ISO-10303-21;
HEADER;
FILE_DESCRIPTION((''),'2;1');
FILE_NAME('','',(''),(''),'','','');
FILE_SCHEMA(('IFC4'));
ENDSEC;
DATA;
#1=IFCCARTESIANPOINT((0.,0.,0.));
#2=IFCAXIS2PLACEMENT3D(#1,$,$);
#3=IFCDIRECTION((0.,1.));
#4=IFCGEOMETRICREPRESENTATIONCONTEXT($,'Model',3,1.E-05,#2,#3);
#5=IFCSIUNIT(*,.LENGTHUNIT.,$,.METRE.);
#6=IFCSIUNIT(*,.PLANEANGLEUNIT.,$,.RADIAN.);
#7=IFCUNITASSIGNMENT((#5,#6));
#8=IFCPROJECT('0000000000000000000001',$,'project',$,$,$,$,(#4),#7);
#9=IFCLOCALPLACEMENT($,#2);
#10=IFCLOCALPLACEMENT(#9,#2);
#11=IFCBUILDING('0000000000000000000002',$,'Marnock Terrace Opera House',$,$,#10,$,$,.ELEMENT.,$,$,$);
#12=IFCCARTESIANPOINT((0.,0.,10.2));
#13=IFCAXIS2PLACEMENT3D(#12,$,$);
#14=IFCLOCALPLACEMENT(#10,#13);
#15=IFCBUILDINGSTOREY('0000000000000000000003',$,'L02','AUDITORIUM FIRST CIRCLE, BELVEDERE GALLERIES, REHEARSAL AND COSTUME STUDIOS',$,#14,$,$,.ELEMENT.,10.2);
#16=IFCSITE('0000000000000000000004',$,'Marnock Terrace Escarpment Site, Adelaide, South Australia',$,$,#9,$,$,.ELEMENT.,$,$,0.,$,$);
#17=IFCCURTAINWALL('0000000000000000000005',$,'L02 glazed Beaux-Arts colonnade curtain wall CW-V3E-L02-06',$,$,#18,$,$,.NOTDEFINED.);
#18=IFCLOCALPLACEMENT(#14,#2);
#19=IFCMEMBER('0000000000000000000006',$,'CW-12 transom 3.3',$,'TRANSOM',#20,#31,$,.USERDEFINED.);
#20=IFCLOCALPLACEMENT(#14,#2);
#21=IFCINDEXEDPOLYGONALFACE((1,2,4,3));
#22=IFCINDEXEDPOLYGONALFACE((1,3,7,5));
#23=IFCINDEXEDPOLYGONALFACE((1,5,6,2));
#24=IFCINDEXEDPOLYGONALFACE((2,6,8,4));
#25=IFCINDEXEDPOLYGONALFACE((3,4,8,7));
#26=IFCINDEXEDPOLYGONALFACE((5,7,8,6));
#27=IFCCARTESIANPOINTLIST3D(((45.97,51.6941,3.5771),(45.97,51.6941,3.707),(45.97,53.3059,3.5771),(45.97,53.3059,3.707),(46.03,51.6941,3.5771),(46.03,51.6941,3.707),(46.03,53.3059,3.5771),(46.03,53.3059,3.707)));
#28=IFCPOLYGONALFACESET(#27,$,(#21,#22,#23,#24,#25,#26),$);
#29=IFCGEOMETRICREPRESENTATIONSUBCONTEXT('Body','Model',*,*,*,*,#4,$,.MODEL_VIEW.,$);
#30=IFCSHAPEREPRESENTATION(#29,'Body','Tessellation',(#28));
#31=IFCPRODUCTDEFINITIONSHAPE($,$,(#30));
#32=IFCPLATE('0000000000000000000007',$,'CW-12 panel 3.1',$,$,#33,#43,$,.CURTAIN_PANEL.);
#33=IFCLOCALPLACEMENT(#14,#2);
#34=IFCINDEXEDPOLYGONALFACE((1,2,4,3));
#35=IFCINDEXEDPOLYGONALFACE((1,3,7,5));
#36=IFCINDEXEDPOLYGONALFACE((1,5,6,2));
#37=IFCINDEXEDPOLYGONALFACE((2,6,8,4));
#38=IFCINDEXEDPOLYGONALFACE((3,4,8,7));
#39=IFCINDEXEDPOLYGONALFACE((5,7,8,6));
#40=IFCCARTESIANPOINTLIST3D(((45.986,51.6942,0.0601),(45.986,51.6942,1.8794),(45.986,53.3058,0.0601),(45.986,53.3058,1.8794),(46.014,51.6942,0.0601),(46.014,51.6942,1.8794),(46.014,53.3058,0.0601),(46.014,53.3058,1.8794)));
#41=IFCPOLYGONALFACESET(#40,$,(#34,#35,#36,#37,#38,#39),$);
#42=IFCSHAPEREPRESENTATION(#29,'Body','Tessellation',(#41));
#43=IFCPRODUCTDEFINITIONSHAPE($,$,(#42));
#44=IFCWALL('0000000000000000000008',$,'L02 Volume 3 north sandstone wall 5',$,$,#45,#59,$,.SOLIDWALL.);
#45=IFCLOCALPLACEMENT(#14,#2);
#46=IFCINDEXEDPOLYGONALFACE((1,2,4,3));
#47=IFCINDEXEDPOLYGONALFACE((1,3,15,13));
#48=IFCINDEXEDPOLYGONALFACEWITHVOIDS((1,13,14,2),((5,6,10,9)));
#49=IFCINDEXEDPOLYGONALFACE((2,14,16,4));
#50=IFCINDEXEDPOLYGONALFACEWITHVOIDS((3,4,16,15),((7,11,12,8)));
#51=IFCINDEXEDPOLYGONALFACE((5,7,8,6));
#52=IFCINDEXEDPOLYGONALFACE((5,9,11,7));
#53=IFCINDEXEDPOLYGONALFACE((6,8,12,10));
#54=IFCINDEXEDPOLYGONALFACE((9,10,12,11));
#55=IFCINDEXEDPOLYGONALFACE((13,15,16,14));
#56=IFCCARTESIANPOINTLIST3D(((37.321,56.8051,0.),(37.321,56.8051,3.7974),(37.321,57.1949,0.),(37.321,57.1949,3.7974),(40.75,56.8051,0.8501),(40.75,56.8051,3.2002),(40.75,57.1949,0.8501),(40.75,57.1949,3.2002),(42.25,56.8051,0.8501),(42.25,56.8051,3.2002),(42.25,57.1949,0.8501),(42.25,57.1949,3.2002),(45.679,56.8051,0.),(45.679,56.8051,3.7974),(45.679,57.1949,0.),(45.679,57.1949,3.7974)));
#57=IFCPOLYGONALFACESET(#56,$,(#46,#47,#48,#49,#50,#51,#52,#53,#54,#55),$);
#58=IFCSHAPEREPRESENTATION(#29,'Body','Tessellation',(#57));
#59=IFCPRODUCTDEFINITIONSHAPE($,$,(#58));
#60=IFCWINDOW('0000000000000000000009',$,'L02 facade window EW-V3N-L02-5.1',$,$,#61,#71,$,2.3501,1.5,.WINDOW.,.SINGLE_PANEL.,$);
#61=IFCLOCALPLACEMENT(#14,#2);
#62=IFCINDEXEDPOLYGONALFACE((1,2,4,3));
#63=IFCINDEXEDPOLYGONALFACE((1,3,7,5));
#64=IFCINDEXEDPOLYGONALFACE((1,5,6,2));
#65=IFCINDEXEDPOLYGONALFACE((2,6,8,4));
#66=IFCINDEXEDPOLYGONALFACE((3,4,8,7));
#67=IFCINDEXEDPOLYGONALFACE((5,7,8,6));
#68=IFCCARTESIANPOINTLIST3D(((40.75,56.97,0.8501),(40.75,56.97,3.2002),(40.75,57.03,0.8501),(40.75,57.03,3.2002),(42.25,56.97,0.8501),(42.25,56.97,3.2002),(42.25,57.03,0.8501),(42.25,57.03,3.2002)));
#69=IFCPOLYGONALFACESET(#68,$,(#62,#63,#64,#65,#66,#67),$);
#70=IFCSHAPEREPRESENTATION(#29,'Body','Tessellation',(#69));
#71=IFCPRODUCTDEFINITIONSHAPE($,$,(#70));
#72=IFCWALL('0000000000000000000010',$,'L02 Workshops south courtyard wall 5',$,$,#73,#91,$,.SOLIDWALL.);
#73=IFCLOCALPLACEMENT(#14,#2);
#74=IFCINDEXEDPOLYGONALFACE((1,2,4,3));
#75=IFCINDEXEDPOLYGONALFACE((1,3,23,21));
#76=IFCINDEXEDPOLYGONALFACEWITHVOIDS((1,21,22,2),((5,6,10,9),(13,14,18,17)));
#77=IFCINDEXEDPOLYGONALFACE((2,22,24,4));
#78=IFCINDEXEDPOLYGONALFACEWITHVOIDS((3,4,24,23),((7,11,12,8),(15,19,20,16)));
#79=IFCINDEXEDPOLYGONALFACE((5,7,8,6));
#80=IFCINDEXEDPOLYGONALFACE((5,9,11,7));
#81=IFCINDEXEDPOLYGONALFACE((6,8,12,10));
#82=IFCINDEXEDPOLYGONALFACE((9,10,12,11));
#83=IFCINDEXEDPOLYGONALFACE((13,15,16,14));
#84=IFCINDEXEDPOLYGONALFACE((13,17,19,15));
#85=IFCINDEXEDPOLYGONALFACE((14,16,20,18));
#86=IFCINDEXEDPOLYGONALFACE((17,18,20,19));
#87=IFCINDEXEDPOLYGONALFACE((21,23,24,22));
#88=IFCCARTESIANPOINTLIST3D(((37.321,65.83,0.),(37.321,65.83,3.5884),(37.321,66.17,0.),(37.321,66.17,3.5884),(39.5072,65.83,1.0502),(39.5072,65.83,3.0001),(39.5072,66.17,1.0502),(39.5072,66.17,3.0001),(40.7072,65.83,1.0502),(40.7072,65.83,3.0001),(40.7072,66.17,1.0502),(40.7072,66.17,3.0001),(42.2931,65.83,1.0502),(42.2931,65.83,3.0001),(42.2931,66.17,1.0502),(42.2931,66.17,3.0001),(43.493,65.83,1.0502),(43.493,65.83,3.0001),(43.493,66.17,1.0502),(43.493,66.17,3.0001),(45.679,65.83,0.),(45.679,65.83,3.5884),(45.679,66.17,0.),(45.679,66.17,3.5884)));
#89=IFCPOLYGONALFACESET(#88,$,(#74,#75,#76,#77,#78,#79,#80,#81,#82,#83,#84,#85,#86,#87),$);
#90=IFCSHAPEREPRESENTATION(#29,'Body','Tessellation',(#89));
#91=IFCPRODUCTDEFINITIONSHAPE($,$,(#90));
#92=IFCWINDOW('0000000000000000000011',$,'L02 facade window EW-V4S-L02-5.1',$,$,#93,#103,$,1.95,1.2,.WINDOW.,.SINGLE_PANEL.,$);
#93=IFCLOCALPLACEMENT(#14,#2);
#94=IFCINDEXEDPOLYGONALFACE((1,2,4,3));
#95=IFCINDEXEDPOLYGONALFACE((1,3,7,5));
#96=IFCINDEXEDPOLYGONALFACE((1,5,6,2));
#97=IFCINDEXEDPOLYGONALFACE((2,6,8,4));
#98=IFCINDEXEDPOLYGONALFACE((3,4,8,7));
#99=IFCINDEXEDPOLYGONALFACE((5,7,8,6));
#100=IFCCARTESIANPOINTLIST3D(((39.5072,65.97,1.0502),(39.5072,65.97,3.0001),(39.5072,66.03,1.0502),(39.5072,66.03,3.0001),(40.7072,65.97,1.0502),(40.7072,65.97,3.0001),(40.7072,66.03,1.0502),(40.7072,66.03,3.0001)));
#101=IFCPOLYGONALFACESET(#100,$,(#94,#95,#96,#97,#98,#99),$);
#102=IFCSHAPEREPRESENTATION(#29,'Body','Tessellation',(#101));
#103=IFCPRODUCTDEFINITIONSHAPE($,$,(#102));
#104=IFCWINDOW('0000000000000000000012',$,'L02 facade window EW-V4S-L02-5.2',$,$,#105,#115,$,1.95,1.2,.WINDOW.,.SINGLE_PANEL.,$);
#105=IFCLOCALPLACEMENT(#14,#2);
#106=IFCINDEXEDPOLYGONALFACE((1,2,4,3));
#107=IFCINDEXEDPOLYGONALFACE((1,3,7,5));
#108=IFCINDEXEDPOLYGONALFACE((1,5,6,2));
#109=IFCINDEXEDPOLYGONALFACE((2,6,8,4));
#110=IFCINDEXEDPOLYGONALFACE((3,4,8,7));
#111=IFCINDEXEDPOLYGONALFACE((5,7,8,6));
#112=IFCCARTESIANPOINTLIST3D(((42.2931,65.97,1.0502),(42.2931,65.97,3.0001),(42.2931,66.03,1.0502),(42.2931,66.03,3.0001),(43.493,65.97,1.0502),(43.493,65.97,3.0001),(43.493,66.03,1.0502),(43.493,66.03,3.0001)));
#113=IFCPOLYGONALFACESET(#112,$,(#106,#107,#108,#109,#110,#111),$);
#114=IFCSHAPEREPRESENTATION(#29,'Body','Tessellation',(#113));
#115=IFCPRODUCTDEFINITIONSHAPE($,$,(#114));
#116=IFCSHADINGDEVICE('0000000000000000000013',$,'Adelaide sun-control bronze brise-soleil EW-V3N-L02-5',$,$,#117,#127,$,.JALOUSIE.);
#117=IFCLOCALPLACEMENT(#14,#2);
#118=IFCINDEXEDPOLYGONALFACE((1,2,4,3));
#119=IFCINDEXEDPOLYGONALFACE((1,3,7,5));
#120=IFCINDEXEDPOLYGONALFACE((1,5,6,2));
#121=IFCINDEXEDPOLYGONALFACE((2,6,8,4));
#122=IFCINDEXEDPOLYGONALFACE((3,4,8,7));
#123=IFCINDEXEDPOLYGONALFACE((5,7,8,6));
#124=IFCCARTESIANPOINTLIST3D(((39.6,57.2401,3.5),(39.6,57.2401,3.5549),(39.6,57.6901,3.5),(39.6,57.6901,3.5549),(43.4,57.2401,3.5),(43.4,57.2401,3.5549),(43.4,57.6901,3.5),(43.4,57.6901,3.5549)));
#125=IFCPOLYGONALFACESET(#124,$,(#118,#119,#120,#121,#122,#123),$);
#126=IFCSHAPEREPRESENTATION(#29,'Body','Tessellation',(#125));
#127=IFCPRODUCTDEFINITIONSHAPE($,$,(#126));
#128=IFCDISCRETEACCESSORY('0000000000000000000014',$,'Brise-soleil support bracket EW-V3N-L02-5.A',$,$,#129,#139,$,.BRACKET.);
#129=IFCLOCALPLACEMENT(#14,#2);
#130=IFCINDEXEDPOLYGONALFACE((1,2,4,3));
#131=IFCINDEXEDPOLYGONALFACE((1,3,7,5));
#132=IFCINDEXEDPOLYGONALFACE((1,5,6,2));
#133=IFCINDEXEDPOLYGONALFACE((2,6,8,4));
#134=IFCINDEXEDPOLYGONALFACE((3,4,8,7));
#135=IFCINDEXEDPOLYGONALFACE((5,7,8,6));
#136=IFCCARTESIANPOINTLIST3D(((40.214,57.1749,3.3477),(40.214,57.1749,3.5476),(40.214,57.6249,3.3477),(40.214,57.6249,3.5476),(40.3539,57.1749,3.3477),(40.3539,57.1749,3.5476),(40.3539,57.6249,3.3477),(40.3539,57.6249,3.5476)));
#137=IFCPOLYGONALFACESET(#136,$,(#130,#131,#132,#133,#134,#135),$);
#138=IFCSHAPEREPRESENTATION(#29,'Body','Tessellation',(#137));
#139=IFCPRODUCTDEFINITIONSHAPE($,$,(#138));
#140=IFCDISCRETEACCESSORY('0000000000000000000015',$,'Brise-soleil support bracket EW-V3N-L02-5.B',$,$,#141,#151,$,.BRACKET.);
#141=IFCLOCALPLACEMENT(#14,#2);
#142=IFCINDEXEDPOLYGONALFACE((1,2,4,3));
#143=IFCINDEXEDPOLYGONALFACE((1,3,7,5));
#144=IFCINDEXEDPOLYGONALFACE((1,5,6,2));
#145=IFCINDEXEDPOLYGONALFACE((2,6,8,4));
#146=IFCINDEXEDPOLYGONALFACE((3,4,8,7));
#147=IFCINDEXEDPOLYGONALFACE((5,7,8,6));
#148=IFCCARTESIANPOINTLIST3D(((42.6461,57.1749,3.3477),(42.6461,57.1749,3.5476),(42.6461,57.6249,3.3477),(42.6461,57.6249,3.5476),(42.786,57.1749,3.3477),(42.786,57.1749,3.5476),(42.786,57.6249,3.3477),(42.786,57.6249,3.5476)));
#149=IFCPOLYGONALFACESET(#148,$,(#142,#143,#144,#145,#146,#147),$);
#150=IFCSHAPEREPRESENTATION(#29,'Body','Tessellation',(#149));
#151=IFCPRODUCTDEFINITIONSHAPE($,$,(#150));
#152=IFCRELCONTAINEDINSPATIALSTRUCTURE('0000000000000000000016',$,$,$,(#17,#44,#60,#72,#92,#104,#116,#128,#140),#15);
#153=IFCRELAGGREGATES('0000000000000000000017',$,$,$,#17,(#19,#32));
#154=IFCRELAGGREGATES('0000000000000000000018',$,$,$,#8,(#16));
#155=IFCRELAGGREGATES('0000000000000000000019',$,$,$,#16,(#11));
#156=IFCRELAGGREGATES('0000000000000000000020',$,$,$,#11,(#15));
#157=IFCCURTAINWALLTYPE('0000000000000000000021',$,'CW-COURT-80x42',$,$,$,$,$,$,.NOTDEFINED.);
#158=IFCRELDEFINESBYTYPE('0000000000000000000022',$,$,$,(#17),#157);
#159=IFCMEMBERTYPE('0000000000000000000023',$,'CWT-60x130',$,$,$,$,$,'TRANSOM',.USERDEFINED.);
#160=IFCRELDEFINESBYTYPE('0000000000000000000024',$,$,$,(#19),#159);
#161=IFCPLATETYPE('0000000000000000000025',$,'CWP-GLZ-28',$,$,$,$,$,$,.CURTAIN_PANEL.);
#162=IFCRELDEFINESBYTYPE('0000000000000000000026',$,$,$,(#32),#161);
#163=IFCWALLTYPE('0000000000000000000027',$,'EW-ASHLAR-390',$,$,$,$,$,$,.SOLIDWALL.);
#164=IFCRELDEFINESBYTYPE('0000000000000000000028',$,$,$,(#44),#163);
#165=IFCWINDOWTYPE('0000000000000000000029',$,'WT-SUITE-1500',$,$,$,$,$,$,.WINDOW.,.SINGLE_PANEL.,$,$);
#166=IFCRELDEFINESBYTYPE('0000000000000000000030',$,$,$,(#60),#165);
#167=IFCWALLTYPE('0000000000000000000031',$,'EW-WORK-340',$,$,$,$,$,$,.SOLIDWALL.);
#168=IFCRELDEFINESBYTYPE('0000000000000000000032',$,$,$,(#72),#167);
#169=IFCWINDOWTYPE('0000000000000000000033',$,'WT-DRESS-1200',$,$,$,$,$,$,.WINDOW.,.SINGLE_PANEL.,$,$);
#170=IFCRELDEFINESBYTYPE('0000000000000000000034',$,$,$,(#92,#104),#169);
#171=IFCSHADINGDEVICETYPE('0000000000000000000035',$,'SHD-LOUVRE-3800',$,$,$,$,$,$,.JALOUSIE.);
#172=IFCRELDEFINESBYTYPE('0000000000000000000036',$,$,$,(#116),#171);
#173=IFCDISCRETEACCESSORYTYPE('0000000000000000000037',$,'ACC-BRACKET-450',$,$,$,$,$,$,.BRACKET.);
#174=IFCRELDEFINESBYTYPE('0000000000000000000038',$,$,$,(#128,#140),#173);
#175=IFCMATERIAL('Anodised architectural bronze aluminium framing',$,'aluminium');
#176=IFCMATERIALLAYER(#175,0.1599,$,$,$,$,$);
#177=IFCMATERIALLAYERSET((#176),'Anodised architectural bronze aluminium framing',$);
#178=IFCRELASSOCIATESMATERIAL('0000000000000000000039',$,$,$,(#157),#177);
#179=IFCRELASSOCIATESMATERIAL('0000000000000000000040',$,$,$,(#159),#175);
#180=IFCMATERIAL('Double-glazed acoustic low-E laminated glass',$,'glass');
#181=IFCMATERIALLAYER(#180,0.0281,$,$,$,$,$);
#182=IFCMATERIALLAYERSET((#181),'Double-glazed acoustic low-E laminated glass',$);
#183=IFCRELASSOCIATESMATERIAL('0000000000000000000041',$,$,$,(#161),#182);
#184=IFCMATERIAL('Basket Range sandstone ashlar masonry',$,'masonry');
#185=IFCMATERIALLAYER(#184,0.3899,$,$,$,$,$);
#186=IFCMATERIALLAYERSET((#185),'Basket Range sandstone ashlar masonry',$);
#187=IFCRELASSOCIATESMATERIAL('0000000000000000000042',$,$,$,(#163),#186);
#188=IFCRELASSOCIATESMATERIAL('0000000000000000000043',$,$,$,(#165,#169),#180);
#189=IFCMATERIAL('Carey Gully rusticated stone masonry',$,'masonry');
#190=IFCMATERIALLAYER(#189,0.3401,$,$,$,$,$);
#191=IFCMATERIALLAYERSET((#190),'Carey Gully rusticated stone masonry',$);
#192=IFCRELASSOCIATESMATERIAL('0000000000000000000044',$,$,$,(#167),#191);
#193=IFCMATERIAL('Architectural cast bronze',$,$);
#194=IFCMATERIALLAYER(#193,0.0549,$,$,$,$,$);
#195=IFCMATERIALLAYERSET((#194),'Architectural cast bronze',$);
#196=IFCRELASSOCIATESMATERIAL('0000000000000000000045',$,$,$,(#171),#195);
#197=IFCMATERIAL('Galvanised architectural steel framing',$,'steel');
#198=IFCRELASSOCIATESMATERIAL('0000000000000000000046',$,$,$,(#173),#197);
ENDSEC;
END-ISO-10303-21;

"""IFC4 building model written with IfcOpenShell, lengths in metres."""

from ifc_helpers import new_model, si_unit, direction, frame, frame_2d, origin, origin_2d, place, context, subcontext, project, spatial, rectangle, extrude, material, layer, layer_set, material_profile, profile_set, type_object, element, fill, aggregate, save


model = new_model("IFC4")

# Units and contexts
model_context = context("Model", 3, precision=1e-05, world=origin(), true_north=direction((0.0, 1.0)))
body_context = subcontext(model_context, "Body", "Model", "MODEL_VIEW")
ifc_project = project(units=[si_unit("LENGTHUNIT", "METRE"), si_unit("PLANEANGLEUNIT", "RADIAN")], contexts=[model_context])

# Site, building, storey
site_placement = place(None, origin())
site = spatial("IfcSite", under=ifc_project, at=site_placement, Name="Marnock Terrace Escarpment Site, Adelaide, South Australia", CompositionType="ELEMENT", RefElevation=0.0)
building_placement = place(site_placement, origin())
building = spatial("IfcBuilding", under=site, at=building_placement, Name="Marnock Terrace Opera House", CompositionType="ELEMENT")
storey_placement = place(building_placement, frame((0.0, 0.0, 10.2)))
storey = spatial("IfcBuildingStorey", under=building, at=storey_placement, Name="L02", Description="AUDITORIUM FIRST CIRCLE, BELVEDERE GALLERIES, REHEARSAL AND COSTUME STUDIOS", CompositionType="ELEMENT", Elevation=10.2)

# Curtain wall, member, plate
ifc_material_1 = material(Name="Anodised architectural bronze aluminium framing", Category="aluminium")
ifc_layer_1 = layer(ifc_material_1, 0.1599)
ifc_layer_set_1 = layer_set([ifc_layer_1], Name="Anodised architectural bronze aluminium framing")
curtain_wall_type = type_object("IfcCurtainWallType", Name="CW-COURT-80x42", PredefinedType="NOTDEFINED", material=ifc_layer_set_1)
curtain_wall_placement = place(storey_placement, origin())
curtain_wall = element("IfcCurtainWall", 1, at=curtain_wall_placement, inside=storey, type_object=curtain_wall_type, Name="L02 glazed Beaux-Arts colonnade curtain wall CW-V3E-L02-06", PredefinedType="NOTDEFINED")
ifc_material_profile_1 = material_profile(ifc_material_1, rectangle(XDim=0.0601, YDim=0.1299, at=origin_2d()))
ifc_profile_set_1 = profile_set([ifc_material_profile_1], Name="Anodised architectural bronze aluminium framing")
member_type_1 = type_object("IfcMemberType", Name="CWT-60x130", ElementType="TRANSOM", PredefinedType="USERDEFINED", material=ifc_profile_set_1)
member_1_placement = place(storey_placement, frame((46.0, 51.6941, 3.6421), z_axis=(0.0, 1.0, 0.0), x_axis=(-1.0, 0.0, 0.0)))
member_1 = element("IfcMember", 2, at=member_1_placement, type_object=member_type_1, Name="CW-12 transom 3.3", ObjectType="TRANSOM", PredefinedType="USERDEFINED", context=body_context, shape_type="SweptSolid", body=[
    extrude(rectangle(XDim=0.0601, YDim=0.1299, at=origin_2d()), origin(), (0.0, 0.0, 1.0), 1.6118),
])
ifc_material_2 = material(Name="Double-glazed acoustic low-E laminated glass", Category="glass")
ifc_layer_2 = layer(ifc_material_2, 0.0281)
ifc_layer_set_2 = layer_set([ifc_layer_2], Name="Double-glazed acoustic low-E laminated glass")
plate_type = type_object("IfcPlateType", Name="CWP-GLZ-28", PredefinedType="CURTAIN_PANEL", material=ifc_layer_set_2)
plate_placement = place(storey_placement, frame((46.0, 52.5, 0.0601), z_axis=(0.0, 0.0, 1.0), x_axis=(0.0, 1.0, 0.0)))
plate = element("IfcPlate", 3, at=plate_placement, type_object=plate_type, Name="CW-12 panel 3.1", PredefinedType="CURTAIN_PANEL", context=body_context, shape_type="SweptSolid", body=[
    extrude(rectangle(XDim=1.6116, YDim=0.0281, at=origin_2d()), origin(), (0.0, 0.0, 1.0), 1.8193),
])
aggregate(curtain_wall, [member_1, plate])

# Wall, opening, window
ifc_material_3 = material(Name="Basket Range sandstone ashlar masonry", Category="masonry")
ifc_layer_3 = layer(ifc_material_3, 0.3899)
ifc_layer_set_3 = layer_set([ifc_layer_3], Name="Basket Range sandstone ashlar masonry")
wall_type_1 = type_object("IfcWallType", Name="EW-ASHLAR-390", PredefinedType="SOLIDWALL", material=ifc_layer_set_3)
wall_1_placement = place(storey_placement, frame((37.321, 57.0, 0.0), z_axis=(0.0, 0.0, 1.0), x_axis=(1.0, 0.0, 0.0)))
wall_1 = element("IfcWall", 4, at=wall_1_placement, inside=storey, type_object=wall_type_1, Name="L02 Volume 3 north sandstone wall 5", PredefinedType="SOLIDWALL", context=body_context, shape_type="SweptSolid", body=[
    extrude(rectangle(XDim=8.3579, YDim=0.3899, at=frame_2d((4.179, 0.0))), origin(), (0.0, 0.0, 1.0), 3.7974),
])
opening_1_placement = place(wall_1_placement, frame((3.429, 0.0, 0.8501)))
opening_1 = element("IfcOpeningElement", 5, at=opening_1_placement, cuts=wall_1, PredefinedType="OPENING", context=body_context, shape_type="SweptSolid", body=[
    extrude(rectangle(XDim=1.5, YDim=2.3501, at=frame_2d((0.75, 1.175))), frame((0.0, 0.2048, 0.0), z_axis=(0.0, -1.0, 0.0), x_axis=(1.0, 0.0, 0.0)), (0.0, 0.0, 1.0), 0.4099),
])
window_type_1 = type_object("IfcWindowType", Name="WT-SUITE-1500", PartitioningType="SINGLE_PANEL", PredefinedType="WINDOW", material=ifc_material_2)
window_1_placement = place(opening_1_placement, origin())
window_1 = element("IfcWindow", 6, at=window_1_placement, inside=storey, type_object=window_type_1, Name="L02 facade window EW-V3N-L02-5.1", OverallHeight=2.3501, OverallWidth=1.5, PartitioningType="SINGLE_PANEL", PredefinedType="WINDOW", context=body_context, shape_type="SweptSolid", body=[
    extrude(rectangle(XDim=1.5, YDim=2.3501, at=frame_2d((0.75, 1.175))), frame((0.0, 0.03, 0.0), z_axis=(0.0, -1.0, 0.0), x_axis=(1.0, 0.0, 0.0)), (0.0, 0.0, 1.0), 0.0601),
])
fill(opening_1, window_1)

# Wall, openings, windows
ifc_material_4 = material(Name="Carey Gully rusticated stone masonry", Category="masonry")
ifc_layer_4 = layer(ifc_material_4, 0.3401)
ifc_layer_set_4 = layer_set([ifc_layer_4], Name="Carey Gully rusticated stone masonry")
wall_type_2 = type_object("IfcWallType", Name="EW-WORK-340", PredefinedType="SOLIDWALL", material=ifc_layer_set_4)
wall_2_placement = place(storey_placement, frame((37.321, 66.0, 0.0), z_axis=(0.0, 0.0, 1.0), x_axis=(1.0, 0.0, 0.0)))
wall_2 = element("IfcWall", 7, at=wall_2_placement, inside=storey, type_object=wall_type_2, Name="L02 Workshops south courtyard wall 5", PredefinedType="SOLIDWALL", context=body_context, shape_type="SweptSolid", body=[
    extrude(rectangle(XDim=8.3579, YDim=0.3401, at=frame_2d((4.179, 0.0))), origin(), (0.0, 0.0, 1.0), 3.5884),
])
opening_2_placement = place(wall_2_placement, frame((2.186, 0.0, 1.05)))
opening_2 = element("IfcOpeningElement", 8, at=opening_2_placement, cuts=wall_2, PredefinedType="OPENING", context=body_context, shape_type="SweptSolid", body=[
    extrude(rectangle(XDim=1.2, YDim=1.95, at=frame_2d((0.6001, 0.9751))), frame((0.0, 0.1799, 0.0), z_axis=(0.0, -1.0, 0.0), x_axis=(1.0, 0.0, 0.0)), (0.0, 0.0, 1.0), 0.3601),
])
opening_3_placement = place(wall_2_placement, frame((4.9719, 0.0, 1.05)))
opening_3 = element("IfcOpeningElement", 9, at=opening_3_placement, cuts=wall_2, PredefinedType="OPENING", context=body_context, shape_type="SweptSolid", body=[
    extrude(rectangle(XDim=1.2, YDim=1.95, at=frame_2d((0.6001, 0.9751))), frame((0.0, 0.1799, 0.0), z_axis=(0.0, -1.0, 0.0), x_axis=(1.0, 0.0, 0.0)), (0.0, 0.0, 1.0), 0.3601),
])
window_type_2 = type_object("IfcWindowType", Name="WT-DRESS-1200", PartitioningType="SINGLE_PANEL", PredefinedType="WINDOW", material=ifc_material_2)
window_2_placement = place(opening_2_placement, origin())
window_2 = element("IfcWindow", 10, at=window_2_placement, inside=storey, type_object=window_type_2, Name="L02 facade window EW-V4S-L02-5.1", OverallHeight=1.95, OverallWidth=1.2, PartitioningType="SINGLE_PANEL", PredefinedType="WINDOW", context=body_context, shape_type="SweptSolid", body=[
    extrude(rectangle(XDim=1.2, YDim=1.95, at=frame_2d((0.6001, 0.9751))), frame((0.0, 0.03, 0.0), z_axis=(0.0, -1.0, 0.0), x_axis=(1.0, 0.0, 0.0)), (0.0, 0.0, 1.0), 0.0601),
])
fill(opening_2, window_2)
window_3_placement = place(opening_3_placement, origin())
window_3 = element("IfcWindow", 11, at=window_3_placement, inside=storey, type_object=window_type_2, Name="L02 facade window EW-V4S-L02-5.2", OverallHeight=1.95, OverallWidth=1.2, PartitioningType="SINGLE_PANEL", PredefinedType="WINDOW", context=body_context, shape_type="SweptSolid", body=[
    extrude(rectangle(XDim=1.2, YDim=1.95, at=frame_2d((0.6001, 0.9751))), frame((0.0, 0.03, 0.0), z_axis=(0.0, -1.0, 0.0), x_axis=(1.0, 0.0, 0.0)), (0.0, 0.0, 1.0), 0.0601),
])
fill(opening_3, window_3)

# Shading device
ifc_material_5 = material(Name="Architectural cast bronze")
ifc_layer_5 = layer(ifc_material_5, 0.0549)
ifc_layer_set_5 = layer_set([ifc_layer_5], Name="Architectural cast bronze")
shading_device_type = type_object("IfcShadingDeviceType", Name="SHD-LOUVRE-3800", PredefinedType="JALOUSIE", material=ifc_layer_set_5)
shading_device_placement = place(storey_placement, frame((41.5, 57.4651, 3.5), z_axis=(0.0, 0.0, 1.0), x_axis=(1.0, 0.0, 0.0)))
element("IfcShadingDevice", 12, at=shading_device_placement, inside=storey, type_object=shading_device_type, Name="Adelaide sun-control bronze brise-soleil EW-V3N-L02-5", PredefinedType="JALOUSIE", context=body_context, shape_type="SweptSolid", body=[
    extrude(rectangle(XDim=3.8, YDim=0.45, at=origin_2d()), origin(), (0.0, 0.0, 1.0), 0.0549),
])

# Discrete accessories
ifc_material_6 = material(Name="Galvanised architectural steel framing", Category="steel")
discrete_accessory_type = type_object("IfcDiscreteAccessoryType", Name="ACC-BRACKET-450", PredefinedType="BRACKET", material=ifc_material_6)
for number, where, z_axis, x_axis, name in (
    (13, (40.2839, 57.3999, 3.3477), (0.0, 0.0, 1.0), (1.0, 0.0, 0.0), "Brise-soleil support bracket EW-V3N-L02-5.A"),
    (14, (42.7161, 57.3999, 3.3477), (0.0, 0.0, 1.0), (1.0, 0.0, 0.0), "Brise-soleil support bracket EW-V3N-L02-5.B"),
):
    element("IfcDiscreteAccessory", number, at=place(storey_placement, frame(where, z_axis=z_axis, x_axis=x_axis)), inside=storey, type_object=discrete_accessory_type, Name=name, PredefinedType="BRACKET", context=body_context, shape_type="SweptSolid", body=[
        extrude(rectangle(XDim=0.1399, YDim=0.45, at=origin_2d()), origin(), (0.0, 0.0, 1.0), 0.2),
    ])

save(model, "model.ifc")
